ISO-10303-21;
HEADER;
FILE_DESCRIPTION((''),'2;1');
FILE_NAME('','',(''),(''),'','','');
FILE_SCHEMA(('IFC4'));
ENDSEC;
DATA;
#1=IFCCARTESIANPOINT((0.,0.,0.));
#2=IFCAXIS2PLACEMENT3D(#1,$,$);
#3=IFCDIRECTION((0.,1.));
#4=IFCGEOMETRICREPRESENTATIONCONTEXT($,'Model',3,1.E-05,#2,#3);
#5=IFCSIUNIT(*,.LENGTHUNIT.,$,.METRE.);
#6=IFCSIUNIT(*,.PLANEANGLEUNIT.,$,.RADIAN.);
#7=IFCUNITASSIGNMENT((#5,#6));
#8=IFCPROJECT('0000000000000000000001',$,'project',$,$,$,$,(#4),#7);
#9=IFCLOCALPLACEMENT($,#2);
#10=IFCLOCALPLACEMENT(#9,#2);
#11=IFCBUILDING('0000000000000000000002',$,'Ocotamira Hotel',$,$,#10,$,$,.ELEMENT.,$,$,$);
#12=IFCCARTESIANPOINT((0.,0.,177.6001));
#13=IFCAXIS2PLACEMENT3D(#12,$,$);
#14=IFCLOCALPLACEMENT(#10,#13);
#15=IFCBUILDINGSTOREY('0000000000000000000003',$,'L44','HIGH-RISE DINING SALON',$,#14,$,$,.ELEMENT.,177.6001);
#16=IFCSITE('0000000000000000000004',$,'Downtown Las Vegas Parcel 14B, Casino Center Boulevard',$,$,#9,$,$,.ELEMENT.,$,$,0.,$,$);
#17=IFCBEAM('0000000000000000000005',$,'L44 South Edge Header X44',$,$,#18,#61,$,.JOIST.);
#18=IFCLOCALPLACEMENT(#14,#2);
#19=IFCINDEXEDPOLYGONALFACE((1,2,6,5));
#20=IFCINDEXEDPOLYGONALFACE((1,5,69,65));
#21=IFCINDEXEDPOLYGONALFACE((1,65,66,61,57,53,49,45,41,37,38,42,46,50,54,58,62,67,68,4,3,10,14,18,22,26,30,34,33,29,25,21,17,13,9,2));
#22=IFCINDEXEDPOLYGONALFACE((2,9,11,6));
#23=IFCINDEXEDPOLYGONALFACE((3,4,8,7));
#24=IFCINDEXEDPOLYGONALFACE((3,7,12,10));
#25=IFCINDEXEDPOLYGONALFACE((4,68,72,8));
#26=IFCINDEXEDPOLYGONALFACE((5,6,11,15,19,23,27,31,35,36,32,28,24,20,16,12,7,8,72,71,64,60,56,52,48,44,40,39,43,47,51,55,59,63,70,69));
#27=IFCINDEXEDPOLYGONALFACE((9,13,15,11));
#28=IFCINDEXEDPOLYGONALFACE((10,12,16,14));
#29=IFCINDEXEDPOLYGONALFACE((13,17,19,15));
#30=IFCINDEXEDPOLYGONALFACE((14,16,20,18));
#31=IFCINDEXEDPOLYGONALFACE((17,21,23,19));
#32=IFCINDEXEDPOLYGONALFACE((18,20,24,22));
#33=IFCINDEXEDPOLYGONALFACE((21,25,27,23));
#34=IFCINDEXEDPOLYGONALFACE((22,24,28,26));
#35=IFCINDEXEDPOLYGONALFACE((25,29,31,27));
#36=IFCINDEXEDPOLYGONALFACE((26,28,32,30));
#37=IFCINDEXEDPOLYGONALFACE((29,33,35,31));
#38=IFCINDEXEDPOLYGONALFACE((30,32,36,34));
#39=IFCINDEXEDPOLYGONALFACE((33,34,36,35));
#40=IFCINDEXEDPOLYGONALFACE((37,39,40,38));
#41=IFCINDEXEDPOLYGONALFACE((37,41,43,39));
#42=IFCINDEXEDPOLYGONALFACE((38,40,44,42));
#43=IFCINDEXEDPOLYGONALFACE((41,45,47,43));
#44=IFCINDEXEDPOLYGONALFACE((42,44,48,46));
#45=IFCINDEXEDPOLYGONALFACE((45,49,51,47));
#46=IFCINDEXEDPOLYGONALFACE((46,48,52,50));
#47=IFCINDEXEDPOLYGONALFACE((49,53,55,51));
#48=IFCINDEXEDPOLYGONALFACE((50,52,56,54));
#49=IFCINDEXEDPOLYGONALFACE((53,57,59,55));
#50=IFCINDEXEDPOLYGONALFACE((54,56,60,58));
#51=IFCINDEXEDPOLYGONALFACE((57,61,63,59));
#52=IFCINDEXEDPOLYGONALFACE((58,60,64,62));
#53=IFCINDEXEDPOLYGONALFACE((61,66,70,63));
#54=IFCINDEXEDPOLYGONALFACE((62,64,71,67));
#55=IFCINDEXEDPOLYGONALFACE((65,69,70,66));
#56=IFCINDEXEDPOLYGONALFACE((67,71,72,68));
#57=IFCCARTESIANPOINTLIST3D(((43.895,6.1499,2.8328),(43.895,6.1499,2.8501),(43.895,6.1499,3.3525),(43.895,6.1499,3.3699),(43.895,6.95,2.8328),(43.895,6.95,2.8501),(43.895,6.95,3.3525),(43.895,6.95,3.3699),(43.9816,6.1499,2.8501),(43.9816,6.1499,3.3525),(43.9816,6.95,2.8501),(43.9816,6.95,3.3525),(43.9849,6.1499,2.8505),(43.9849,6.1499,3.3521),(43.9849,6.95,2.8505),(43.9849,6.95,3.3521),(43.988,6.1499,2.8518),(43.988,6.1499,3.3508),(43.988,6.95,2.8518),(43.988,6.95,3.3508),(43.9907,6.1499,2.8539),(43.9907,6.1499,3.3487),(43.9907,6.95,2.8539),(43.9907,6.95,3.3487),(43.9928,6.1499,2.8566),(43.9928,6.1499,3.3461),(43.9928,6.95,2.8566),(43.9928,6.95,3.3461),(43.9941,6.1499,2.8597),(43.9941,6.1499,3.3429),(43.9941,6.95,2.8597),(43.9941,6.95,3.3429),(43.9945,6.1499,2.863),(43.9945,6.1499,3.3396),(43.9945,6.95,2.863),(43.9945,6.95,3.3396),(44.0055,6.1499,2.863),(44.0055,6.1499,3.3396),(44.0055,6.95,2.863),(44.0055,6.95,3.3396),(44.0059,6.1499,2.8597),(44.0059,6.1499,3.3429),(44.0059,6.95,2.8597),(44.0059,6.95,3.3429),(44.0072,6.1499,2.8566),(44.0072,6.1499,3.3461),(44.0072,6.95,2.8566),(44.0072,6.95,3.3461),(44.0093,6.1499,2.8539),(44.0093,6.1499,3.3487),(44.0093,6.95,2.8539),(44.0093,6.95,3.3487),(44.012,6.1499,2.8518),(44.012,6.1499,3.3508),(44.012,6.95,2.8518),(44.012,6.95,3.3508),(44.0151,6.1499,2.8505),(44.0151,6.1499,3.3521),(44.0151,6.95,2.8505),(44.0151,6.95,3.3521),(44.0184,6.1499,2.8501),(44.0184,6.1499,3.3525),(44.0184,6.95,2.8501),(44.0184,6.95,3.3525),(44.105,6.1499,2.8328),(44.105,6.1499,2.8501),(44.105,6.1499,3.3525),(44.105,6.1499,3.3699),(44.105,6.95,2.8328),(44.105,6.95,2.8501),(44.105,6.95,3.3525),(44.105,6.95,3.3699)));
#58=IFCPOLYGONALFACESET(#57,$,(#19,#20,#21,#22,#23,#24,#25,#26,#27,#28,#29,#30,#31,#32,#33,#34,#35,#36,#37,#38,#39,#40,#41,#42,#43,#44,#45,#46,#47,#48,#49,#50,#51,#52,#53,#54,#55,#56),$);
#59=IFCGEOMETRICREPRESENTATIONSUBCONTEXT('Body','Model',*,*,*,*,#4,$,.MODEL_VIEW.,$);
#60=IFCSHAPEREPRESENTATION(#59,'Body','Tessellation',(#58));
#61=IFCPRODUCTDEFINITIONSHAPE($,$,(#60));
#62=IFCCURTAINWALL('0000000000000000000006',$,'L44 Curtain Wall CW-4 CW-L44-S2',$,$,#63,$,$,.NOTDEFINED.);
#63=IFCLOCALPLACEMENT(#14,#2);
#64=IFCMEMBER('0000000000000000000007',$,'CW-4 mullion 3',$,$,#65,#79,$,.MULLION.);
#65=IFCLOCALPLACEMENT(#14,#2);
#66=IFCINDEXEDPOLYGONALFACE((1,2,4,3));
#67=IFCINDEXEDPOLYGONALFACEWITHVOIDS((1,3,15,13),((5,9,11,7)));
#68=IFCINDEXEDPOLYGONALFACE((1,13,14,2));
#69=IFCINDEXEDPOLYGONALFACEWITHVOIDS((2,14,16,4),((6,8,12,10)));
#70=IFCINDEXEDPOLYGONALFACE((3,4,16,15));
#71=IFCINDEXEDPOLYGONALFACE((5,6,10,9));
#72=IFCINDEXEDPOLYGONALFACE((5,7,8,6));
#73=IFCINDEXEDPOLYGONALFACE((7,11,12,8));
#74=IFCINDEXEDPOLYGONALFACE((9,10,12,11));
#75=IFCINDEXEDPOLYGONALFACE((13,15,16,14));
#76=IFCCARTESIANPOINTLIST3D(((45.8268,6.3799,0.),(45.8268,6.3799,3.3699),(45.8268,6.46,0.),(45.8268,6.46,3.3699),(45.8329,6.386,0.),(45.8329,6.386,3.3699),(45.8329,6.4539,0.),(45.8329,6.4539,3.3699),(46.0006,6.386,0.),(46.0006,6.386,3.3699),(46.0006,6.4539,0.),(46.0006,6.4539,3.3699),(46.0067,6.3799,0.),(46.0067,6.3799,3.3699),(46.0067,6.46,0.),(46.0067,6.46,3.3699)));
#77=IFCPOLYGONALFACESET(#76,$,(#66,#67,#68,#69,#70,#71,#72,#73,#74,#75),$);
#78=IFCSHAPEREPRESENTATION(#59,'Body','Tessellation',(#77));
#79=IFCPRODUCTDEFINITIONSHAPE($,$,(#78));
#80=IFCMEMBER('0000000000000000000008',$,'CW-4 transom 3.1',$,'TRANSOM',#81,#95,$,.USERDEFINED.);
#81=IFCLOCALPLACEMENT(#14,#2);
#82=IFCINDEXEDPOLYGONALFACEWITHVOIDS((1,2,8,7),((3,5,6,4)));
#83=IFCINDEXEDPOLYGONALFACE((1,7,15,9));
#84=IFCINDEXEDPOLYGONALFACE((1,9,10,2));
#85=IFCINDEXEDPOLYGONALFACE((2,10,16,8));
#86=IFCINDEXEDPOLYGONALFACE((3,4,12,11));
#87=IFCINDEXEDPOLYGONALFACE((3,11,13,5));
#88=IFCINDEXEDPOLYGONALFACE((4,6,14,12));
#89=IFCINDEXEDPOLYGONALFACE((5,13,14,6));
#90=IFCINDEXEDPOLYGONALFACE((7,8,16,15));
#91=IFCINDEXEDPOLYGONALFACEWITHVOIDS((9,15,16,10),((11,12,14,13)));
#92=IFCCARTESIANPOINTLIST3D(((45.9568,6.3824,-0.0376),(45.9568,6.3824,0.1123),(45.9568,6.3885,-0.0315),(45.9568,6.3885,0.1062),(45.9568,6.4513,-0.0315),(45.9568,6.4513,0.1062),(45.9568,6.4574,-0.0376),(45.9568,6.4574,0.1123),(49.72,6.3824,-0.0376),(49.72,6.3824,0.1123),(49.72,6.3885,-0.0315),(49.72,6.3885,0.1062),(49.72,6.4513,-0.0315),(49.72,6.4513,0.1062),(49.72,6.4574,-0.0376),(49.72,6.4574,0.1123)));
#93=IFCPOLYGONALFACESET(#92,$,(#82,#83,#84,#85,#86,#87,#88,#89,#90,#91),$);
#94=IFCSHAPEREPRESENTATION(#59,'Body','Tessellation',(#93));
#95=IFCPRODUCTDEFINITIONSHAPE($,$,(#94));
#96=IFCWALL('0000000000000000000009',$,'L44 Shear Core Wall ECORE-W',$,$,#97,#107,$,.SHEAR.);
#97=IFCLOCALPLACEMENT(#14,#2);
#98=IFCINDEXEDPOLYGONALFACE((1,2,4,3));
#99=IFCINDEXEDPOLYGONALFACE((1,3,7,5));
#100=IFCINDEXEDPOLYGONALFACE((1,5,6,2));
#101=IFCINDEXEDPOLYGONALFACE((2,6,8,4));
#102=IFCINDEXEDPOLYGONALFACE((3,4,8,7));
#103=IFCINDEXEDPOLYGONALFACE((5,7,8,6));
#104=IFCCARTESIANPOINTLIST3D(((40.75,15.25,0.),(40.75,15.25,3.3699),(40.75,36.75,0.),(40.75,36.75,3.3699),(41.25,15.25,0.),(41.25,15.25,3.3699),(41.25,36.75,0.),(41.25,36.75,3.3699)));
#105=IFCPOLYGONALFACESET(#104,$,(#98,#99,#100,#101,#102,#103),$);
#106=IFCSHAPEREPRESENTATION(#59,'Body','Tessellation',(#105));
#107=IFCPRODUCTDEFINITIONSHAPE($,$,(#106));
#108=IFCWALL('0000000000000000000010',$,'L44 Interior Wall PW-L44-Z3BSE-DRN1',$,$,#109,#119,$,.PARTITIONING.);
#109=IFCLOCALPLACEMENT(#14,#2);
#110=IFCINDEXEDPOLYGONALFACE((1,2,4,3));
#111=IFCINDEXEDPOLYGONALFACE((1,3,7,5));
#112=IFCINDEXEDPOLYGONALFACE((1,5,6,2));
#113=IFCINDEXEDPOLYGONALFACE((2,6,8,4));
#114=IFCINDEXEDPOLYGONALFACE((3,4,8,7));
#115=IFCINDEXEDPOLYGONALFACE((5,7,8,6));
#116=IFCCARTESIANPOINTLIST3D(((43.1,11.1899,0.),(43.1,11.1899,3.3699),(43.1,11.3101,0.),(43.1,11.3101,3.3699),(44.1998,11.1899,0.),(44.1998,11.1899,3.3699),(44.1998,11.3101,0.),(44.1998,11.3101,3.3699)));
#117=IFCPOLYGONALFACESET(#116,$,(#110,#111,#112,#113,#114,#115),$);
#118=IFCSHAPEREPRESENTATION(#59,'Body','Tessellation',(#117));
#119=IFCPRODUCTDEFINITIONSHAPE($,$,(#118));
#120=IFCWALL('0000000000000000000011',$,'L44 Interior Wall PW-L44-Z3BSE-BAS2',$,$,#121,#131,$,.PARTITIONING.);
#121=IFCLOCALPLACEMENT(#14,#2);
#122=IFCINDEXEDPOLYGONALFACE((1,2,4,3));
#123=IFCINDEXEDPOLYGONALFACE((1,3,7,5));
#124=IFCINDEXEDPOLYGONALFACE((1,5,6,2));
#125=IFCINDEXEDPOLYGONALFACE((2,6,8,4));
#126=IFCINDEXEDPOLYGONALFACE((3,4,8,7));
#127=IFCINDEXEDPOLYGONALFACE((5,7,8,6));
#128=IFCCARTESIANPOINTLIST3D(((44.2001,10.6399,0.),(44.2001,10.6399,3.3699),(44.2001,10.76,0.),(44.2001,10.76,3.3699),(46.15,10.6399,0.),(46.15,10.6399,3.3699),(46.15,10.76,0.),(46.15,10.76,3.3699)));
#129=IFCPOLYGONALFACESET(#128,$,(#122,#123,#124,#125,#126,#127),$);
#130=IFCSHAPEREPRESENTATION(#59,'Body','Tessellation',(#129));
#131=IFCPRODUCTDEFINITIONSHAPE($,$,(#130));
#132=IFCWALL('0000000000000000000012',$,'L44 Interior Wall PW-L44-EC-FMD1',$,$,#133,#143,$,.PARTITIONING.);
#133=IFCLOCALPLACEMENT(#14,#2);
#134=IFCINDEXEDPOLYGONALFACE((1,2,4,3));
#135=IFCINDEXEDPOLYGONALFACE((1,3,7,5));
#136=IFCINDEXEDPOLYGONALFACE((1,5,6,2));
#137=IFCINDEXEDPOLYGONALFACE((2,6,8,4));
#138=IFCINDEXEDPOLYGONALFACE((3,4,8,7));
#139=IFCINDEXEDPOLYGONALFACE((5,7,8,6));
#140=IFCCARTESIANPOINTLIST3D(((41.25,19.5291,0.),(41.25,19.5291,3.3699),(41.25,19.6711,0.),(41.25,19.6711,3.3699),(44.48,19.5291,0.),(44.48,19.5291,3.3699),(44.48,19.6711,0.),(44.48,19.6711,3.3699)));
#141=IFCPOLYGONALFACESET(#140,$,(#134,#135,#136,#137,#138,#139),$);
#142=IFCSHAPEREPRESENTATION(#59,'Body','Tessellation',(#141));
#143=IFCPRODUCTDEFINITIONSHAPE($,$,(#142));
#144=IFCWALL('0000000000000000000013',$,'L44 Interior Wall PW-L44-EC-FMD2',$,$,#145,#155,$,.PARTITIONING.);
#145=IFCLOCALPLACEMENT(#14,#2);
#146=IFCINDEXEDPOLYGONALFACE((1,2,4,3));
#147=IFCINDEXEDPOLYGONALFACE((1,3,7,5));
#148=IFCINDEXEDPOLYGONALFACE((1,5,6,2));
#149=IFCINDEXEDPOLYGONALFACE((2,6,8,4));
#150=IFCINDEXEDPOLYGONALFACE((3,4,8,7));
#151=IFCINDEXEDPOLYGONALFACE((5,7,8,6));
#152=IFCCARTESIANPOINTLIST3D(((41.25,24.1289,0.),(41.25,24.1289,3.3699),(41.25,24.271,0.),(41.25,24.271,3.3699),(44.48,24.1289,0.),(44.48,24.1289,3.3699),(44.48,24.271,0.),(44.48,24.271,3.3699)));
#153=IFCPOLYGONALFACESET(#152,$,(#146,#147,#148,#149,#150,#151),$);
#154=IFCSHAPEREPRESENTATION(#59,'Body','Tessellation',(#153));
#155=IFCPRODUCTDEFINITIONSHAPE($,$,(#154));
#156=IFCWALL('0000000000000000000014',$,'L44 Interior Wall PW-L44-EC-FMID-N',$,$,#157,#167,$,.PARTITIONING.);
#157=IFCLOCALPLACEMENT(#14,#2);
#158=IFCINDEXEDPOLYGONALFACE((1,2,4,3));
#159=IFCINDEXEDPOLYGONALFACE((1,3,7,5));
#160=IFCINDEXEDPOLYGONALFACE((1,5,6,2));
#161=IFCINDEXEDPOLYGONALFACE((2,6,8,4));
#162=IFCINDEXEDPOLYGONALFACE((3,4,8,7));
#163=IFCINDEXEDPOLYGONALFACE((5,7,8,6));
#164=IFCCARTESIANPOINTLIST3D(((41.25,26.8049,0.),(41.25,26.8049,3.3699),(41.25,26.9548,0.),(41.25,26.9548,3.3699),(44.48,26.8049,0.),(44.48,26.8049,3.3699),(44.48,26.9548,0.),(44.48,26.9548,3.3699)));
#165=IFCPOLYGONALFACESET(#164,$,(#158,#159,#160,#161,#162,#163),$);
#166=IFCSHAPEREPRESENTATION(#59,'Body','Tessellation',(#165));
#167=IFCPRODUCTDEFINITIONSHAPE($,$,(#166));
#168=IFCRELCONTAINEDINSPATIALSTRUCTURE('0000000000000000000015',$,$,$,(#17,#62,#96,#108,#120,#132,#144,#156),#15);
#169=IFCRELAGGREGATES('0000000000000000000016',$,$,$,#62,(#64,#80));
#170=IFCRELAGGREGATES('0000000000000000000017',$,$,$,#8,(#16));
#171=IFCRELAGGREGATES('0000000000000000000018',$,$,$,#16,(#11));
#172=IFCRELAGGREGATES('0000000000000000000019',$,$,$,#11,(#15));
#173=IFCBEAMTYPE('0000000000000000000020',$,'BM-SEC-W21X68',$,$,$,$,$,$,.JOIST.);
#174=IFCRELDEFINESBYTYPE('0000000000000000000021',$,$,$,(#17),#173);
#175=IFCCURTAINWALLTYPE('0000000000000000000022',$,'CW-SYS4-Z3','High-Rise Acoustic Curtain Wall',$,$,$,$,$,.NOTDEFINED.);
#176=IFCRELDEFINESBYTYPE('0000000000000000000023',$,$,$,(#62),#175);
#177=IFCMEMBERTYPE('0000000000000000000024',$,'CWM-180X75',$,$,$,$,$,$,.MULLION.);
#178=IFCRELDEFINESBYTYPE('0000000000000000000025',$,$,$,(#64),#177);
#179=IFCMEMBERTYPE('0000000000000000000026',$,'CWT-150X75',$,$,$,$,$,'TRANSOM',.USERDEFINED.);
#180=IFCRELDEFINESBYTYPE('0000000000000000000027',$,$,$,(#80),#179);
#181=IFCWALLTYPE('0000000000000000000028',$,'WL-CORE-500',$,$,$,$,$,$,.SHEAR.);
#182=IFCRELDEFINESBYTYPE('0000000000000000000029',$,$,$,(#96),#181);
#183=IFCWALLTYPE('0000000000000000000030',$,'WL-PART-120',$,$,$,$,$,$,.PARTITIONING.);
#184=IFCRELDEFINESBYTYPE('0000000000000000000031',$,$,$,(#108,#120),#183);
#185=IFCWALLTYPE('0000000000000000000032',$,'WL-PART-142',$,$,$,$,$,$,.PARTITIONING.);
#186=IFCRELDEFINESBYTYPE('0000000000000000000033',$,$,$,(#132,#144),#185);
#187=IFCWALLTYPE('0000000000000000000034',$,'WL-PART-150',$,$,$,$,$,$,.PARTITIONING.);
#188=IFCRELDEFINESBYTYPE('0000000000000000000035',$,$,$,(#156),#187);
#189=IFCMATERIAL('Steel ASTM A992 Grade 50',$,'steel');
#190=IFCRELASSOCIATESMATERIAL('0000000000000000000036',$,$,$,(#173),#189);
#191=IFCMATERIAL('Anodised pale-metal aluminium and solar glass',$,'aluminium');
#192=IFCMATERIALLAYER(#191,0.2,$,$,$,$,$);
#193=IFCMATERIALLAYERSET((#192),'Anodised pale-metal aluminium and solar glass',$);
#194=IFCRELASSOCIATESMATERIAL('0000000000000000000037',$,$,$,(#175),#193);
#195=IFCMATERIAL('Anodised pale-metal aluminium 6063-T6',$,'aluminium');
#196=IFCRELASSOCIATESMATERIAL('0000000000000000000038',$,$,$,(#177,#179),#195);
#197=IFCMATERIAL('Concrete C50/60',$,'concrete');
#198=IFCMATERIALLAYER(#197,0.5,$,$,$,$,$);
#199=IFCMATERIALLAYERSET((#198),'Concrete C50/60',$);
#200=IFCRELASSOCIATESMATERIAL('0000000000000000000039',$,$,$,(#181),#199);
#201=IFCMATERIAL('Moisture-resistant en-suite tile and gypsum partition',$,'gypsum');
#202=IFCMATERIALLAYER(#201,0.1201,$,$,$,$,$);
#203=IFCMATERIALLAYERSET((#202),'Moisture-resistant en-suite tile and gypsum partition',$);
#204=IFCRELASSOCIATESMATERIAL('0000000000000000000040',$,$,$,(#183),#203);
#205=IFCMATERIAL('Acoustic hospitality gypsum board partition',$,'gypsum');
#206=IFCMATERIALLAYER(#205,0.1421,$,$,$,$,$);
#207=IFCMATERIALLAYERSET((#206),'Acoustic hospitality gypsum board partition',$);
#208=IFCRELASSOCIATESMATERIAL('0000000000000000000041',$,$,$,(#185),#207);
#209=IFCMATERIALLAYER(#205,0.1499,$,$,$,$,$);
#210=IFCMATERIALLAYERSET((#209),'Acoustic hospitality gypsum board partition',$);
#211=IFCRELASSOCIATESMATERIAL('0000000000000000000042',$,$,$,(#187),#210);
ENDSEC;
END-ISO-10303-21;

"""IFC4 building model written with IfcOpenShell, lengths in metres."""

from ifc_helpers import new_model, si_unit, direction, frame, frame_2d, origin, origin_2d, place, context, subcontext, project, spatial, rectangle, hollow_rectangle, i_section, extrude, source, transform, mapped, material, layer, layer_set, material_profile, profile_set, type_object, element, aggregate, save


model = new_model("IFC4")

# Units and contexts
model_context = context("Model", 3, precision=1e-05, world=origin(), true_north=direction((0.0, 1.0)))
body_context = subcontext(model_context, "Body", "Model", "MODEL_VIEW")
ifc_project = project(units=[si_unit("LENGTHUNIT", "METRE"), si_unit("PLANEANGLEUNIT", "RADIAN")], contexts=[model_context])

# Site, building, storey
site_placement = place(None, origin())
site = spatial("IfcSite", under=ifc_project, at=site_placement, Name="Downtown Las Vegas Parcel 14B, Casino Center Boulevard", CompositionType="ELEMENT", RefElevation=0.0)
building_placement = place(site_placement, origin())
building = spatial("IfcBuilding", under=site, at=building_placement, Name="Ocotamira Hotel", CompositionType="ELEMENT")
storey_placement = place(building_placement, frame((0.0, 0.0, 177.6001)))
storey = spatial("IfcBuildingStorey", under=building, at=storey_placement, Name="L44", Description="HIGH-RISE DINING SALON", CompositionType="ELEMENT", Elevation=177.6001)

# Beam
ifc_material_1 = material(Name="Steel ASTM A992 Grade 50", Category="steel")
ifc_material_profile_1 = material_profile(ifc_material_1, i_section(OverallWidth=0.21, OverallDepth=0.5371, WebThickness=0.011, FlangeThickness=0.0173, FilletRadius=0.0129, at=origin_2d()), Name="W21X68")
ifc_profile_set_1 = profile_set([ifc_material_profile_1], Name="Steel ASTM A992 Grade 50")
beam_type_1 = type_object("IfcBeamType", Name="BM-SEC-W21X68", PredefinedType="JOIST", material=ifc_profile_set_1)
shared_shape_1 = source(origin(), body_context, "Body", "SweptSolid", [
    extrude(i_section(OverallWidth=0.21, OverallDepth=0.5371, WebThickness=0.011, FlangeThickness=0.0173, FilletRadius=0.0129, at=origin_2d()), origin(), (0.0, 0.0, 1.0), 0.8),
])
beam_1_placement = place(storey_placement, frame((44.0, 6.95, 3.1013), z_axis=(0.0, -1.0, 0.0), x_axis=(1.0, 0.0, 0.0)))
element("IfcBeam", 1, at=beam_1_placement, inside=storey, type_object=beam_type_1, Name="L44 South Edge Header X44", PredefinedType="JOIST", context=body_context, shape_type="MappedRepresentation", body=[
    mapped(shared_shape_1, transform((0.0, 0.0, 0.0), scale=1.0)),
])

# Curtain wall, members
ifc_material_2 = material(Name="Anodised pale-metal aluminium and solar glass", Category="aluminium")
ifc_layer_1 = layer(ifc_material_2, 0.2)
ifc_layer_set_1 = layer_set([ifc_layer_1], Name="Anodised pale-metal aluminium and solar glass")
curtain_wall_type = type_object("IfcCurtainWallType", Name="CW-SYS4-Z3", Description="High-Rise Acoustic Curtain Wall", PredefinedType="NOTDEFINED", material=ifc_layer_set_1)
curtain_wall_placement = place(storey_placement, origin())
curtain_wall = element("IfcCurtainWall", 2, at=curtain_wall_placement, inside=storey, type_object=curtain_wall_type, Name="L44 Curtain Wall CW-4 CW-L44-S2", PredefinedType="NOTDEFINED")
ifc_material_3 = material(Name="Anodised pale-metal aluminium 6063-T6", Category="aluminium")
ifc_material_profile_2 = material_profile(ifc_material_3, hollow_rectangle(XDim=0.0801, YDim=0.1799, WallThickness=0.0061, at=origin_2d()), Name="HSS180X80X6")
ifc_profile_set_2 = profile_set([ifc_material_profile_2], Name="Anodised pale-metal aluminium 6063-T6")
member_type_1 = type_object("IfcMemberType", Name="CWM-180X75", PredefinedType="MULLION", material=ifc_profile_set_2)
shared_shape_2 = source(origin(), body_context, "Body", "SweptSolid", [
    extrude(hollow_rectangle(XDim=0.0801, YDim=0.1799, WallThickness=0.0061, at=origin_2d()), origin(), (0.0, 0.0, 1.0), 3.3699),
])
member_1_placement = place(storey_placement, frame((45.9167, 6.4199, 0.0), z_axis=(0.0, 0.0, 1.0), x_axis=(0.0, 1.0, 0.0)))
member_1 = element("IfcMember", 3, at=member_1_placement, type_object=member_type_1, Name="CW-4 mullion 3", PredefinedType="MULLION", context=body_context, shape_type="MappedRepresentation", body=[
    mapped(shared_shape_2, transform((0.0, 0.0, 0.0), scale=1.0)),
])
ifc_material_profile_3 = material_profile(ifc_material_3, hollow_rectangle(XDim=0.075, YDim=0.1499, WallThickness=0.0061, at=origin_2d()), Name="HSS150X75X6")
ifc_profile_set_3 = profile_set([ifc_material_profile_3], Name="Anodised pale-metal aluminium 6063-T6")
member_type_2 = type_object("IfcMemberType", Name="CWT-150X75", ElementType="TRANSOM", PredefinedType="USERDEFINED", material=ifc_profile_set_3)
shared_shape_3 = source(origin(), body_context, "Body", "SweptSolid", [
    extrude(hollow_rectangle(XDim=0.075, YDim=0.1499, WallThickness=0.0061, at=origin_2d()), origin(), (0.0, 0.0, 1.0), 3.7632),
])
member_2_placement = place(storey_placement, frame((45.9568, 6.4199, 0.0374), z_axis=(1.0, 0.0, 0.0), x_axis=(0.0, 1.0, 0.0)))
member_2 = element("IfcMember", 4, at=member_2_placement, type_object=member_type_2, Name="CW-4 transom 3.1", ObjectType="TRANSOM", PredefinedType="USERDEFINED", context=body_context, shape_type="MappedRepresentation", body=[
    mapped(shared_shape_3, transform((0.0, 0.0, 0.0), scale=1.0)),
])
aggregate(curtain_wall, [member_1, member_2])

# Shared definitions
ifc_material_4 = material(Name="Concrete C50/60", Category="concrete")
ifc_layer_2 = layer(ifc_material_4, 0.5)
ifc_layer_set_2 = layer_set([ifc_layer_2], Name="Concrete C50/60")
wall_type_1 = type_object("IfcWallType", Name="WL-CORE-500", PredefinedType="SHEAR", material=ifc_layer_set_2)

# Walls
wall_1_placement = place(storey_placement, frame((41.0, 15.25, 0.0), z_axis=(0.0, 0.0, 1.0), x_axis=(0.0, 1.0, 0.0)))
element("IfcWall", 5, at=wall_1_placement, inside=storey, type_object=wall_type_1, Name="L44 Shear Core Wall ECORE-W", PredefinedType="SHEAR", context=body_context, shape_type="SweptSolid", body=[
    extrude(rectangle(XDim=21.5, YDim=0.5, at=frame_2d((10.75, 0.0))), origin(), (0.0, 0.0, 1.0), 3.3699),
])
ifc_material_5 = material(Name="Moisture-resistant en-suite tile and gypsum partition", Category="gypsum")
ifc_layer_3 = layer(ifc_material_5, 0.1201)
ifc_layer_set_3 = layer_set([ifc_layer_3], Name="Moisture-resistant en-suite tile and gypsum partition")
wall_type_2 = type_object("IfcWallType", Name="WL-PART-120", PredefinedType="PARTITIONING", material=ifc_layer_set_3)
wall_2_placement = place(storey_placement, frame((43.1001, 11.25, 0.0), z_axis=(0.0, 0.0, 1.0), x_axis=(1.0, 0.0, 0.0)))
element("IfcWall", 6, at=wall_2_placement, inside=storey, type_object=wall_type_2, Name="L44 Interior Wall PW-L44-Z3BSE-DRN1", PredefinedType="PARTITIONING", context=body_context, shape_type="SweptSolid", body=[
    extrude(rectangle(XDim=1.0999, YDim=0.1201, at=frame_2d((0.5498, 0.0))), origin(), (0.0, 0.0, 1.0), 3.3699),
])
wall_3_placement = place(storey_placement, frame((44.2, 10.7, 0.0), z_axis=(0.0, 0.0, 1.0), x_axis=(1.0, 0.0, 0.0)))
element("IfcWall", 7, at=wall_3_placement, inside=storey, type_object=wall_type_2, Name="L44 Interior Wall PW-L44-Z3BSE-BAS2", PredefinedType="PARTITIONING", context=body_context, shape_type="SweptSolid", body=[
    extrude(rectangle(XDim=1.95, YDim=0.1201, at=frame_2d((0.9751, 0.0))), origin(), (0.0, 0.0, 1.0), 3.3699),
])
ifc_material_6 = material(Name="Acoustic hospitality gypsum board partition", Category="gypsum")
ifc_layer_4 = layer(ifc_material_6, 0.1421)
ifc_layer_set_4 = layer_set([ifc_layer_4], Name="Acoustic hospitality gypsum board partition")
wall_type_3 = type_object("IfcWallType", Name="WL-PART-142", PredefinedType="PARTITIONING", material=ifc_layer_set_4)
for number, where, z_axis, x_axis, name in (
    (8, (41.25, 19.6001, 0.0), (0.0, 0.0, 1.0), (1.0, 0.0, 0.0), "L44 Interior Wall PW-L44-EC-FMD1"),
    (9, (41.25, 24.2, 0.0), (0.0, 0.0, 1.0), (1.0, 0.0, 0.0), "L44 Interior Wall PW-L44-EC-FMD2"),
):
    element("IfcWall", number, at=place(storey_placement, frame(where, z_axis=z_axis, x_axis=x_axis)), inside=storey, type_object=wall_type_3, Name=name, PredefinedType="PARTITIONING", context=body_context, shape_type="SweptSolid", body=[
        extrude(rectangle(XDim=3.23, YDim=0.1421, at=frame_2d((1.615, 0.0))), origin(), (0.0, 0.0, 1.0), 3.3699),
    ])
ifc_layer_5 = layer(ifc_material_6, 0.1499)
ifc_layer_set_5 = layer_set([ifc_layer_5], Name="Acoustic hospitality gypsum board partition")
wall_type_4 = type_object("IfcWallType", Name="WL-PART-150", PredefinedType="PARTITIONING", material=ifc_layer_set_5)
wall_4_placement = place(storey_placement, frame((41.25, 26.8799, 0.0), z_axis=(0.0, 0.0, 1.0), x_axis=(1.0, 0.0, 0.0)))
element("IfcWall", 10, at=wall_4_placement, inside=storey, type_object=wall_type_4, Name="L44 Interior Wall PW-L44-EC-FMID-N", PredefinedType="PARTITIONING", context=body_context, shape_type="SweptSolid", body=[
    extrude(rectangle(XDim=3.23, YDim=0.1499, at=frame_2d((1.615, 0.0))), origin(), (0.0, 0.0, 1.0), 3.3699),
])

save(model, "model.ifc")
